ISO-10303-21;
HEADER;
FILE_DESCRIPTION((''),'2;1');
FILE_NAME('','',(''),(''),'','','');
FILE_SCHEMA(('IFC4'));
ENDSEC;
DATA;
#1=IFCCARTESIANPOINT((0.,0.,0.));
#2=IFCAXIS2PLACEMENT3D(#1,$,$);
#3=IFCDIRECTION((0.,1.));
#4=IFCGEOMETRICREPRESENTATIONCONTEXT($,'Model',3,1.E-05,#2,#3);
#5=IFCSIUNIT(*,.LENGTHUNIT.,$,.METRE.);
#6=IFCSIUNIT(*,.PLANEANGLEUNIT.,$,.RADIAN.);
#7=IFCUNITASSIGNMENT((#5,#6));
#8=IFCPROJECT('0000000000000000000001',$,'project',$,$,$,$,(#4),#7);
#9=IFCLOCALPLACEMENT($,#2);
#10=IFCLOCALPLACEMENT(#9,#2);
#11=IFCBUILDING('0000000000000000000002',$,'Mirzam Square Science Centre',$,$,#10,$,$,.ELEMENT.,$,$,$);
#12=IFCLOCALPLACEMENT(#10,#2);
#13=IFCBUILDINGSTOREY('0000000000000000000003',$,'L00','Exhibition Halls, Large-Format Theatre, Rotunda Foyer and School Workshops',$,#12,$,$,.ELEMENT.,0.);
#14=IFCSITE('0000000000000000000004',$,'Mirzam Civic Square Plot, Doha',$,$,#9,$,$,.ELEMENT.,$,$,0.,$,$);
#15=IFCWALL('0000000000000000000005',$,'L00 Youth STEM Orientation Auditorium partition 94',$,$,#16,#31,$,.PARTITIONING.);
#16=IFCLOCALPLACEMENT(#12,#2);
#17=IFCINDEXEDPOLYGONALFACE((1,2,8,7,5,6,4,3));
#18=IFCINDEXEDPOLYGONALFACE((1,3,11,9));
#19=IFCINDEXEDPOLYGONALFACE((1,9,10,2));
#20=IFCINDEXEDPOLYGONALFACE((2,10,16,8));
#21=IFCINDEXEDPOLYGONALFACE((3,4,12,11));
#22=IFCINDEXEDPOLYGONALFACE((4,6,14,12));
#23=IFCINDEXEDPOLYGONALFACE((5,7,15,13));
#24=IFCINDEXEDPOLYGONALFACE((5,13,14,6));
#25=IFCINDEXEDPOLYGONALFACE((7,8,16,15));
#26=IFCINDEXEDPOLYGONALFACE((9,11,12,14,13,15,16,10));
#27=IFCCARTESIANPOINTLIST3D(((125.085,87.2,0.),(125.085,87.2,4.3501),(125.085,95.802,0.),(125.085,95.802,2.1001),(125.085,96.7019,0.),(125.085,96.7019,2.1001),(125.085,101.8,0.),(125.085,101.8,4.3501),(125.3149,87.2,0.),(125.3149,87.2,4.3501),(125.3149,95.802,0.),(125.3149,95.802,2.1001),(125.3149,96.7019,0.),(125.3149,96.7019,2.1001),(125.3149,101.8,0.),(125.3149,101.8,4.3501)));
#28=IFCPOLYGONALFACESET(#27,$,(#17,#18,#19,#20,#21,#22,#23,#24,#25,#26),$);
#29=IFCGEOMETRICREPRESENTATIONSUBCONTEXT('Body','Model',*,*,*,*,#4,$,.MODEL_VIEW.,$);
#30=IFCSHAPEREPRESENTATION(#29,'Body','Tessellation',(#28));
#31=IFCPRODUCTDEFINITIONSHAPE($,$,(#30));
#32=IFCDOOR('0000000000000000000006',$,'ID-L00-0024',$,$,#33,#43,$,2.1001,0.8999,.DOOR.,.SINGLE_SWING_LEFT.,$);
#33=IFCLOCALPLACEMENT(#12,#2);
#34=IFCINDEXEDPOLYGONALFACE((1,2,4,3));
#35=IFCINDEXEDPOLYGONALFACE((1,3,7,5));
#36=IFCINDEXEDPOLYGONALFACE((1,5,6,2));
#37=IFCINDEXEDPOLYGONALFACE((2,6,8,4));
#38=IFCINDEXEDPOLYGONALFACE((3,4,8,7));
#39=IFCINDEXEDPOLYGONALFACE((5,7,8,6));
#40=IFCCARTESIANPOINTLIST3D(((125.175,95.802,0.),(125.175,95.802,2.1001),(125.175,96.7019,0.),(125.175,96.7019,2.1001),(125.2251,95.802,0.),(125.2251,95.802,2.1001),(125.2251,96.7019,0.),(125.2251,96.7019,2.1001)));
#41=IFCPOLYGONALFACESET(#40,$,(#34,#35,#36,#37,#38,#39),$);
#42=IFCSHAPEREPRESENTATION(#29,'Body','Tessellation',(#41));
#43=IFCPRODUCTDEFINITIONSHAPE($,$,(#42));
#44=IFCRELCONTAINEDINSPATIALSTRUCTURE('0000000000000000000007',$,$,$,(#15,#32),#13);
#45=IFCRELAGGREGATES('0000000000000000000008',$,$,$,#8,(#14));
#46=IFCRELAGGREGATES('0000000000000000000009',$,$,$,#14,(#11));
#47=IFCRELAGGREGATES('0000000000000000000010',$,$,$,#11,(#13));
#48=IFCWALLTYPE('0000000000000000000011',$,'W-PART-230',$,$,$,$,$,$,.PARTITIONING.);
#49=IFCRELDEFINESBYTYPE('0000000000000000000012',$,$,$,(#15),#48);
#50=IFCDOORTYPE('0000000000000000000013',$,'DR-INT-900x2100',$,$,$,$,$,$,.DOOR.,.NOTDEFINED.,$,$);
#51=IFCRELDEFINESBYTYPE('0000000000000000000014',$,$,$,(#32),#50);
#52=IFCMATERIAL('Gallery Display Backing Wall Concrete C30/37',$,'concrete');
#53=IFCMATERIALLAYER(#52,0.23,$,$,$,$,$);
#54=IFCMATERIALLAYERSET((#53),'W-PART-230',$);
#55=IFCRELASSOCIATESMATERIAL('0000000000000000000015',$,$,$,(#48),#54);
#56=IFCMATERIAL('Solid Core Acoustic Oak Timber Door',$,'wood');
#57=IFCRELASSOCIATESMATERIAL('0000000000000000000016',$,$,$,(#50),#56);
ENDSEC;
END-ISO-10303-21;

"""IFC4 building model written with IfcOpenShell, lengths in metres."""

from ifc_helpers import new_model, si_unit, direction, frame, frame_2d, origin, place, context, subcontext, project, spatial, rectangle, extrude, material, layer, layer_set, type_object, element, fill, save


model = new_model("IFC4")

# Units and contexts
model_context = context("Model", 3, precision=1e-05, world=origin(), true_north=direction((0.0, 1.0)))
body_context = subcontext(model_context, "Body", "Model", "MODEL_VIEW")
ifc_project = project(units=[si_unit("LENGTHUNIT", "METRE"), si_unit("PLANEANGLEUNIT", "RADIAN")], contexts=[model_context])

# Site, building, storey
site_placement = place(None, origin())
site = spatial("IfcSite", under=ifc_project, at=site_placement, Name="Mirzam Civic Square Plot, Doha", CompositionType="ELEMENT", RefElevation=0.0)
building_placement = place(site_placement, origin())
building = spatial("IfcBuilding", under=site, at=building_placement, Name="Mirzam Square Science Centre", CompositionType="ELEMENT")
storey_placement = place(building_placement, origin())
storey = spatial("IfcBuildingStorey", under=building, at=storey_placement, Name="L00", Description="Exhibition Halls, Large-Format Theatre, Rotunda Foyer and School Workshops", CompositionType="ELEMENT", Elevation=0.0)

# Wall, opening, door
ifc_material_1 = material(Name="Gallery Display Backing Wall Concrete C30/37", Category="concrete")
ifc_layer_1 = layer(ifc_material_1, 0.23)
ifc_layer_set_1 = layer_set([ifc_layer_1], Name="W-PART-230")
wall_type = type_object("IfcWallType", Name="W-PART-230", PredefinedType="PARTITIONING", material=ifc_layer_set_1)
wall_placement = place(storey_placement, frame((125.2, 87.2, 0.0), z_axis=(0.0, 0.0, 1.0), x_axis=(0.0, 1.0, 0.0)))
wall = element("IfcWall", 1, at=wall_placement, inside=storey, type_object=wall_type, Name="L00 Youth STEM Orientation Auditorium partition 94", PredefinedType="PARTITIONING", context=body_context, shape_type="SweptSolid", body=[
    extrude(rectangle(XDim=14.6001, YDim=0.23, at=frame_2d((7.3, 0.0))), origin(), (0.0, 0.0, 1.0), 4.3501),
])
opening_placement = place(wall_placement, frame((8.6021, 0.0, 0.0)))
opening = element("IfcOpeningElement", 2, at=opening_placement, cuts=wall, PredefinedType="OPENING", context=body_context, shape_type="SweptSolid", body=[
    extrude(rectangle(XDim=0.8999, YDim=2.1001, at=frame_2d((0.45, 1.05))), frame((0.0, 0.125, 0.0), z_axis=(0.0, -1.0, 0.0), x_axis=(1.0, 0.0, 0.0)), (0.0, 0.0, 1.0), 0.25),
])
ifc_material_2 = material(Name="Solid Core Acoustic Oak Timber Door", Category="wood")
door_type = type_object("IfcDoorType", Name="DR-INT-900x2100", OperationType="NOTDEFINED", PredefinedType="DOOR", material=ifc_material_2)
door_placement = place(opening_placement, origin())
door = element("IfcDoor", 3, at=door_placement, inside=storey, type_object=door_type, Name="ID-L00-0024", OperationType="SINGLE_SWING_LEFT", OverallHeight=2.1001, OverallWidth=0.8999, PredefinedType="DOOR", context=body_context, shape_type="SweptSolid", body=[
    extrude(rectangle(XDim=0.8999, YDim=2.1001, at=frame_2d((0.45, 1.05))), frame((0.0, 0.0249, 0.0), z_axis=(0.0, -1.0, 0.0), x_axis=(1.0, 0.0, 0.0)), (0.0, 0.0, 1.0), 0.05),
])
fill(opening, door)

save(model, "model.ifc")
